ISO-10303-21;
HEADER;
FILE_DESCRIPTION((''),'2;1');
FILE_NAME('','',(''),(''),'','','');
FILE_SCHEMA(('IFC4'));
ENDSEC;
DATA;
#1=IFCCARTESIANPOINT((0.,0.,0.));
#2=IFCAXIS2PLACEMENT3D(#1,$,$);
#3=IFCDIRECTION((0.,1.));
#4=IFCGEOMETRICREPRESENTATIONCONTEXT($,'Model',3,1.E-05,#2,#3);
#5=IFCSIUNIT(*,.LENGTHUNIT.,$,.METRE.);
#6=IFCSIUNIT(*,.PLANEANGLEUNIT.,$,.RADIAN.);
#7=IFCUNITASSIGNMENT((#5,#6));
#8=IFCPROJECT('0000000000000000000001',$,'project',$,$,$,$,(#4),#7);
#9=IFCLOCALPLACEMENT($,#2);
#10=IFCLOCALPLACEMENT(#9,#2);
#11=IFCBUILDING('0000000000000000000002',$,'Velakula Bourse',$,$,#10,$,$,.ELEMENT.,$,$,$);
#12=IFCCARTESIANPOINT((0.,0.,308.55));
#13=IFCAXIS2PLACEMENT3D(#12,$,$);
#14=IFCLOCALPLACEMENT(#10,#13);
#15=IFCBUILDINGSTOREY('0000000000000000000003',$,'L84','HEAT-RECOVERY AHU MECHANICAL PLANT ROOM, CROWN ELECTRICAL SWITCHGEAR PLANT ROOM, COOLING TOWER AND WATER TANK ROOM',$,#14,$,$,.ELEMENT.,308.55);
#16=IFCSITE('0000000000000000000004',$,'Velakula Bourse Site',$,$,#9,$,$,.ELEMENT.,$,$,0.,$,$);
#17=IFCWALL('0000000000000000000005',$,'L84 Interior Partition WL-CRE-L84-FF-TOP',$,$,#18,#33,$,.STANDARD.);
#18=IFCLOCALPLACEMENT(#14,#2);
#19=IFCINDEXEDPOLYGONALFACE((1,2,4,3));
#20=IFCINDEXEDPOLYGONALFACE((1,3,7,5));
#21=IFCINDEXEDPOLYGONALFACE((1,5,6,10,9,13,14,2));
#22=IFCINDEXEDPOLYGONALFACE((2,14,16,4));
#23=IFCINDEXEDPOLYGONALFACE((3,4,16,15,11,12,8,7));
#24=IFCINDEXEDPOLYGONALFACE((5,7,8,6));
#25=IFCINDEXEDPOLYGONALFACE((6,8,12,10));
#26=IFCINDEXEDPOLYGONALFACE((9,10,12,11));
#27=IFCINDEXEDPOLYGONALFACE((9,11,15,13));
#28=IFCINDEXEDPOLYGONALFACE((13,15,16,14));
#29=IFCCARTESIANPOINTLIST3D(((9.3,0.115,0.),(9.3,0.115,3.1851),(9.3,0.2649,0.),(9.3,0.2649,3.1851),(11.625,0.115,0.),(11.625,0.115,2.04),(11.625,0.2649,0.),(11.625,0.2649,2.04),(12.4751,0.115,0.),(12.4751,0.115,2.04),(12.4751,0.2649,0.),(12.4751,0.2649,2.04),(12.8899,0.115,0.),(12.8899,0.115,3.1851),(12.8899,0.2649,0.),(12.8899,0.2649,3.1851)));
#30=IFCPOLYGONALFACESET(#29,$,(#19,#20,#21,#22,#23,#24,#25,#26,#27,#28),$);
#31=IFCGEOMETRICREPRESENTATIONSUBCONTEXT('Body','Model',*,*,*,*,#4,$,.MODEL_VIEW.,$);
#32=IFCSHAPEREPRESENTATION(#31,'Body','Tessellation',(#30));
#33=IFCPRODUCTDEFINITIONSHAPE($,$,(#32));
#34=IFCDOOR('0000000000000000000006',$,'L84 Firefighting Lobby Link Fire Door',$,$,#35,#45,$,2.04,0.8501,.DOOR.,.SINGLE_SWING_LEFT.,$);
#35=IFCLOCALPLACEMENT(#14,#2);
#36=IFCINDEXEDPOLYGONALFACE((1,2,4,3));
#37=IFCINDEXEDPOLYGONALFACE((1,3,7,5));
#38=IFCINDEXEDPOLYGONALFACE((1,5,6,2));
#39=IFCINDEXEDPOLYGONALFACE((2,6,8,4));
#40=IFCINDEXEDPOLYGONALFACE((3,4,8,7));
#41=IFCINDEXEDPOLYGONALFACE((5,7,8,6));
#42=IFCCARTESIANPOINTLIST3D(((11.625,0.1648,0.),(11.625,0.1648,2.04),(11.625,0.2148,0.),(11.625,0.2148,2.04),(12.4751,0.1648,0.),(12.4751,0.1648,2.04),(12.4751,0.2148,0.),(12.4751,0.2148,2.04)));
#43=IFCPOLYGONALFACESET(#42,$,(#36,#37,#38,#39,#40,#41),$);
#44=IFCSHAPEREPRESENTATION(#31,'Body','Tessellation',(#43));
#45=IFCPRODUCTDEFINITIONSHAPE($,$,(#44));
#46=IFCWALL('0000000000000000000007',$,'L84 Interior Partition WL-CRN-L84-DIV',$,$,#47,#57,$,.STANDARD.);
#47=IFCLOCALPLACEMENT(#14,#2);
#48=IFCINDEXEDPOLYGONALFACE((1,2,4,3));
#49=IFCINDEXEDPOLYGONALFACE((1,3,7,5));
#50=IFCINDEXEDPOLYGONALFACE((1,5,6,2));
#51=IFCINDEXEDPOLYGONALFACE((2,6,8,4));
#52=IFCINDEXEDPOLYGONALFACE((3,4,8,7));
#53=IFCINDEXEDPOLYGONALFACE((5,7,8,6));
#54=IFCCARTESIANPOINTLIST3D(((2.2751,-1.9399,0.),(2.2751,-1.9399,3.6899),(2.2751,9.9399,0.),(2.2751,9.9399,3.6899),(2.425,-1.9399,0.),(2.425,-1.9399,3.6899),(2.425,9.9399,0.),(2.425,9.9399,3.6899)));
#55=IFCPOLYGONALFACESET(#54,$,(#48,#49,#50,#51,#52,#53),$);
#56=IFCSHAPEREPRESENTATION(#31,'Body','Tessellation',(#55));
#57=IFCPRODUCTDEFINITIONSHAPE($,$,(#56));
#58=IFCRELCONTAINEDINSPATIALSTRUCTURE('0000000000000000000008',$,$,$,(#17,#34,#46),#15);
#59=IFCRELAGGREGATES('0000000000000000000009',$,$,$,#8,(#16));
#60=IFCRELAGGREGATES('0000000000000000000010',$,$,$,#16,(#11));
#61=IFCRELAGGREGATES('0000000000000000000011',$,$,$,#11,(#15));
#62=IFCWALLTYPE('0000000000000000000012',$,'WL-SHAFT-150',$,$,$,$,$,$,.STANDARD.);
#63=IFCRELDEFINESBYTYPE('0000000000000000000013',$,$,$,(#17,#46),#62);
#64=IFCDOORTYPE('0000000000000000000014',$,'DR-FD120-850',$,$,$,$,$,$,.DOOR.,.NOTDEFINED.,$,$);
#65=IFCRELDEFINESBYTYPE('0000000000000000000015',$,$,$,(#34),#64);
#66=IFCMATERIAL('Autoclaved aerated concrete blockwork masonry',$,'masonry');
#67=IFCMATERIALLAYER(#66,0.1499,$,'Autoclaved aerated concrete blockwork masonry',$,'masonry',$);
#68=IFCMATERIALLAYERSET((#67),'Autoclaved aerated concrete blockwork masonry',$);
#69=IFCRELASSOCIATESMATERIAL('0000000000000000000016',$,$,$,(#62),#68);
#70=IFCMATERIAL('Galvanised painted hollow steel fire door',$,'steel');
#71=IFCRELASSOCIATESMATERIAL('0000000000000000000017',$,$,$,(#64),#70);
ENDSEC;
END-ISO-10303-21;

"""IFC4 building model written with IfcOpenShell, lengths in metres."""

from ifc_helpers import new_model, si_unit, direction, frame, frame_2d, origin, place, context, subcontext, project, spatial, rectangle, extrude, material, layer, layer_set, type_object, element, fill, save


model = new_model("IFC4")

# Units and contexts
model_context = context("Model", 3, precision=1e-05, world=origin(), true_north=direction((0.0, 1.0)))
body_context = subcontext(model_context, "Body", "Model", "MODEL_VIEW")
ifc_project = project(units=[si_unit("LENGTHUNIT", "METRE"), si_unit("PLANEANGLEUNIT", "RADIAN")], contexts=[model_context])

# Site, building, storey
site_placement = place(None, origin())
site = spatial("IfcSite", under=ifc_project, at=site_placement, Name="Velakula Bourse Site", CompositionType="ELEMENT", RefElevation=0.0)
building_placement = place(site_placement, origin())
building = spatial("IfcBuilding", under=site, at=building_placement, Name="Velakula Bourse", CompositionType="ELEMENT")
storey_placement = place(building_placement, frame((0.0, 0.0, 308.55)))
storey = spatial("IfcBuildingStorey", under=building, at=storey_placement, Name="L84", Description="HEAT-RECOVERY AHU MECHANICAL PLANT ROOM, CROWN ELECTRICAL SWITCHGEAR PLANT ROOM, COOLING TOWER AND WATER TANK ROOM", CompositionType="ELEMENT", Elevation=308.55)

# Shared definitions
ifc_material_1 = material(Name="Galvanised painted hollow steel fire door", Category="steel")

# Shared definitions
ifc_material_2 = material(Name="Autoclaved aerated concrete blockwork masonry", Category="masonry")
ifc_layer_1 = layer(ifc_material_2, 0.1499, Name="Autoclaved aerated concrete blockwork masonry", Category="masonry")
ifc_layer_set_1 = layer_set([ifc_layer_1], Name="Autoclaved aerated concrete blockwork masonry")
wall_type_1 = type_object("IfcWallType", Name="WL-SHAFT-150", PredefinedType="STANDARD", material=ifc_layer_set_1)

# Wall, opening, door
wall_1_placement = place(storey_placement, frame((9.3, 0.1899, 0.0), z_axis=(0.0, 0.0, 1.0), x_axis=(1.0, 0.0, 0.0)))
wall_1 = element("IfcWall", 1, at=wall_1_placement, inside=storey, type_object=wall_type_1, Name="L84 Interior Partition WL-CRE-L84-FF-TOP", PredefinedType="STANDARD", context=body_context, shape_type="SweptSolid", body=[
    extrude(rectangle(XDim=3.5898, YDim=0.1499, at=frame_2d((1.7949, 0.0))), origin(), (0.0, 0.0, 1.0), 3.1851),
])
opening_1_placement = place(wall_1_placement, frame((2.325, 0.0, 0.0)))
opening_1 = element("IfcOpeningElement", 2, at=opening_1_placement, cuts=wall_1, PredefinedType="OPENING", context=body_context, shape_type="SweptSolid", body=[
    extrude(rectangle(XDim=0.8501, YDim=2.04, at=frame_2d((0.425, 1.02))), frame((0.0, 0.085, 0.0), z_axis=(0.0, -1.0, 0.0), x_axis=(1.0, 0.0, 0.0)), (0.0, 0.0, 1.0), 0.1699),
])
door_type_1 = type_object("IfcDoorType", Name="DR-FD120-850", OperationType="NOTDEFINED", PredefinedType="DOOR", material=ifc_material_1)
door_1_placement = place(opening_1_placement, origin())
door_1 = element("IfcDoor", 3, at=door_1_placement, inside=storey, type_object=door_type_1, Name="L84 Firefighting Lobby Link Fire Door", OperationType="SINGLE_SWING_LEFT", OverallHeight=2.04, OverallWidth=0.8501, PredefinedType="DOOR", context=body_context, shape_type="SweptSolid", body=[
    extrude(rectangle(XDim=0.8501, YDim=2.04, at=frame_2d((0.425, 1.02))), frame((0.0, 0.0249, 0.0), z_axis=(0.0, -1.0, 0.0), x_axis=(1.0, 0.0, 0.0)), (0.0, 0.0, 1.0), 0.05),
])
fill(opening_1, door_1)

# Wall
wall_2_placement = place(storey_placement, frame((2.3501, -1.9399, 0.0), z_axis=(0.0, 0.0, 1.0), x_axis=(0.0, 1.0, 0.0)))
element("IfcWall", 4, at=wall_2_placement, inside=storey, type_object=wall_type_1, Name="L84 Interior Partition WL-CRN-L84-DIV", PredefinedType="STANDARD", context=body_context, shape_type="SweptSolid", body=[
    extrude(rectangle(XDim=11.8799, YDim=0.1499, at=frame_2d((5.9399, 0.0))), origin(), (0.0, 0.0, 1.0), 3.6899),
])

save(model, "model.ifc")
